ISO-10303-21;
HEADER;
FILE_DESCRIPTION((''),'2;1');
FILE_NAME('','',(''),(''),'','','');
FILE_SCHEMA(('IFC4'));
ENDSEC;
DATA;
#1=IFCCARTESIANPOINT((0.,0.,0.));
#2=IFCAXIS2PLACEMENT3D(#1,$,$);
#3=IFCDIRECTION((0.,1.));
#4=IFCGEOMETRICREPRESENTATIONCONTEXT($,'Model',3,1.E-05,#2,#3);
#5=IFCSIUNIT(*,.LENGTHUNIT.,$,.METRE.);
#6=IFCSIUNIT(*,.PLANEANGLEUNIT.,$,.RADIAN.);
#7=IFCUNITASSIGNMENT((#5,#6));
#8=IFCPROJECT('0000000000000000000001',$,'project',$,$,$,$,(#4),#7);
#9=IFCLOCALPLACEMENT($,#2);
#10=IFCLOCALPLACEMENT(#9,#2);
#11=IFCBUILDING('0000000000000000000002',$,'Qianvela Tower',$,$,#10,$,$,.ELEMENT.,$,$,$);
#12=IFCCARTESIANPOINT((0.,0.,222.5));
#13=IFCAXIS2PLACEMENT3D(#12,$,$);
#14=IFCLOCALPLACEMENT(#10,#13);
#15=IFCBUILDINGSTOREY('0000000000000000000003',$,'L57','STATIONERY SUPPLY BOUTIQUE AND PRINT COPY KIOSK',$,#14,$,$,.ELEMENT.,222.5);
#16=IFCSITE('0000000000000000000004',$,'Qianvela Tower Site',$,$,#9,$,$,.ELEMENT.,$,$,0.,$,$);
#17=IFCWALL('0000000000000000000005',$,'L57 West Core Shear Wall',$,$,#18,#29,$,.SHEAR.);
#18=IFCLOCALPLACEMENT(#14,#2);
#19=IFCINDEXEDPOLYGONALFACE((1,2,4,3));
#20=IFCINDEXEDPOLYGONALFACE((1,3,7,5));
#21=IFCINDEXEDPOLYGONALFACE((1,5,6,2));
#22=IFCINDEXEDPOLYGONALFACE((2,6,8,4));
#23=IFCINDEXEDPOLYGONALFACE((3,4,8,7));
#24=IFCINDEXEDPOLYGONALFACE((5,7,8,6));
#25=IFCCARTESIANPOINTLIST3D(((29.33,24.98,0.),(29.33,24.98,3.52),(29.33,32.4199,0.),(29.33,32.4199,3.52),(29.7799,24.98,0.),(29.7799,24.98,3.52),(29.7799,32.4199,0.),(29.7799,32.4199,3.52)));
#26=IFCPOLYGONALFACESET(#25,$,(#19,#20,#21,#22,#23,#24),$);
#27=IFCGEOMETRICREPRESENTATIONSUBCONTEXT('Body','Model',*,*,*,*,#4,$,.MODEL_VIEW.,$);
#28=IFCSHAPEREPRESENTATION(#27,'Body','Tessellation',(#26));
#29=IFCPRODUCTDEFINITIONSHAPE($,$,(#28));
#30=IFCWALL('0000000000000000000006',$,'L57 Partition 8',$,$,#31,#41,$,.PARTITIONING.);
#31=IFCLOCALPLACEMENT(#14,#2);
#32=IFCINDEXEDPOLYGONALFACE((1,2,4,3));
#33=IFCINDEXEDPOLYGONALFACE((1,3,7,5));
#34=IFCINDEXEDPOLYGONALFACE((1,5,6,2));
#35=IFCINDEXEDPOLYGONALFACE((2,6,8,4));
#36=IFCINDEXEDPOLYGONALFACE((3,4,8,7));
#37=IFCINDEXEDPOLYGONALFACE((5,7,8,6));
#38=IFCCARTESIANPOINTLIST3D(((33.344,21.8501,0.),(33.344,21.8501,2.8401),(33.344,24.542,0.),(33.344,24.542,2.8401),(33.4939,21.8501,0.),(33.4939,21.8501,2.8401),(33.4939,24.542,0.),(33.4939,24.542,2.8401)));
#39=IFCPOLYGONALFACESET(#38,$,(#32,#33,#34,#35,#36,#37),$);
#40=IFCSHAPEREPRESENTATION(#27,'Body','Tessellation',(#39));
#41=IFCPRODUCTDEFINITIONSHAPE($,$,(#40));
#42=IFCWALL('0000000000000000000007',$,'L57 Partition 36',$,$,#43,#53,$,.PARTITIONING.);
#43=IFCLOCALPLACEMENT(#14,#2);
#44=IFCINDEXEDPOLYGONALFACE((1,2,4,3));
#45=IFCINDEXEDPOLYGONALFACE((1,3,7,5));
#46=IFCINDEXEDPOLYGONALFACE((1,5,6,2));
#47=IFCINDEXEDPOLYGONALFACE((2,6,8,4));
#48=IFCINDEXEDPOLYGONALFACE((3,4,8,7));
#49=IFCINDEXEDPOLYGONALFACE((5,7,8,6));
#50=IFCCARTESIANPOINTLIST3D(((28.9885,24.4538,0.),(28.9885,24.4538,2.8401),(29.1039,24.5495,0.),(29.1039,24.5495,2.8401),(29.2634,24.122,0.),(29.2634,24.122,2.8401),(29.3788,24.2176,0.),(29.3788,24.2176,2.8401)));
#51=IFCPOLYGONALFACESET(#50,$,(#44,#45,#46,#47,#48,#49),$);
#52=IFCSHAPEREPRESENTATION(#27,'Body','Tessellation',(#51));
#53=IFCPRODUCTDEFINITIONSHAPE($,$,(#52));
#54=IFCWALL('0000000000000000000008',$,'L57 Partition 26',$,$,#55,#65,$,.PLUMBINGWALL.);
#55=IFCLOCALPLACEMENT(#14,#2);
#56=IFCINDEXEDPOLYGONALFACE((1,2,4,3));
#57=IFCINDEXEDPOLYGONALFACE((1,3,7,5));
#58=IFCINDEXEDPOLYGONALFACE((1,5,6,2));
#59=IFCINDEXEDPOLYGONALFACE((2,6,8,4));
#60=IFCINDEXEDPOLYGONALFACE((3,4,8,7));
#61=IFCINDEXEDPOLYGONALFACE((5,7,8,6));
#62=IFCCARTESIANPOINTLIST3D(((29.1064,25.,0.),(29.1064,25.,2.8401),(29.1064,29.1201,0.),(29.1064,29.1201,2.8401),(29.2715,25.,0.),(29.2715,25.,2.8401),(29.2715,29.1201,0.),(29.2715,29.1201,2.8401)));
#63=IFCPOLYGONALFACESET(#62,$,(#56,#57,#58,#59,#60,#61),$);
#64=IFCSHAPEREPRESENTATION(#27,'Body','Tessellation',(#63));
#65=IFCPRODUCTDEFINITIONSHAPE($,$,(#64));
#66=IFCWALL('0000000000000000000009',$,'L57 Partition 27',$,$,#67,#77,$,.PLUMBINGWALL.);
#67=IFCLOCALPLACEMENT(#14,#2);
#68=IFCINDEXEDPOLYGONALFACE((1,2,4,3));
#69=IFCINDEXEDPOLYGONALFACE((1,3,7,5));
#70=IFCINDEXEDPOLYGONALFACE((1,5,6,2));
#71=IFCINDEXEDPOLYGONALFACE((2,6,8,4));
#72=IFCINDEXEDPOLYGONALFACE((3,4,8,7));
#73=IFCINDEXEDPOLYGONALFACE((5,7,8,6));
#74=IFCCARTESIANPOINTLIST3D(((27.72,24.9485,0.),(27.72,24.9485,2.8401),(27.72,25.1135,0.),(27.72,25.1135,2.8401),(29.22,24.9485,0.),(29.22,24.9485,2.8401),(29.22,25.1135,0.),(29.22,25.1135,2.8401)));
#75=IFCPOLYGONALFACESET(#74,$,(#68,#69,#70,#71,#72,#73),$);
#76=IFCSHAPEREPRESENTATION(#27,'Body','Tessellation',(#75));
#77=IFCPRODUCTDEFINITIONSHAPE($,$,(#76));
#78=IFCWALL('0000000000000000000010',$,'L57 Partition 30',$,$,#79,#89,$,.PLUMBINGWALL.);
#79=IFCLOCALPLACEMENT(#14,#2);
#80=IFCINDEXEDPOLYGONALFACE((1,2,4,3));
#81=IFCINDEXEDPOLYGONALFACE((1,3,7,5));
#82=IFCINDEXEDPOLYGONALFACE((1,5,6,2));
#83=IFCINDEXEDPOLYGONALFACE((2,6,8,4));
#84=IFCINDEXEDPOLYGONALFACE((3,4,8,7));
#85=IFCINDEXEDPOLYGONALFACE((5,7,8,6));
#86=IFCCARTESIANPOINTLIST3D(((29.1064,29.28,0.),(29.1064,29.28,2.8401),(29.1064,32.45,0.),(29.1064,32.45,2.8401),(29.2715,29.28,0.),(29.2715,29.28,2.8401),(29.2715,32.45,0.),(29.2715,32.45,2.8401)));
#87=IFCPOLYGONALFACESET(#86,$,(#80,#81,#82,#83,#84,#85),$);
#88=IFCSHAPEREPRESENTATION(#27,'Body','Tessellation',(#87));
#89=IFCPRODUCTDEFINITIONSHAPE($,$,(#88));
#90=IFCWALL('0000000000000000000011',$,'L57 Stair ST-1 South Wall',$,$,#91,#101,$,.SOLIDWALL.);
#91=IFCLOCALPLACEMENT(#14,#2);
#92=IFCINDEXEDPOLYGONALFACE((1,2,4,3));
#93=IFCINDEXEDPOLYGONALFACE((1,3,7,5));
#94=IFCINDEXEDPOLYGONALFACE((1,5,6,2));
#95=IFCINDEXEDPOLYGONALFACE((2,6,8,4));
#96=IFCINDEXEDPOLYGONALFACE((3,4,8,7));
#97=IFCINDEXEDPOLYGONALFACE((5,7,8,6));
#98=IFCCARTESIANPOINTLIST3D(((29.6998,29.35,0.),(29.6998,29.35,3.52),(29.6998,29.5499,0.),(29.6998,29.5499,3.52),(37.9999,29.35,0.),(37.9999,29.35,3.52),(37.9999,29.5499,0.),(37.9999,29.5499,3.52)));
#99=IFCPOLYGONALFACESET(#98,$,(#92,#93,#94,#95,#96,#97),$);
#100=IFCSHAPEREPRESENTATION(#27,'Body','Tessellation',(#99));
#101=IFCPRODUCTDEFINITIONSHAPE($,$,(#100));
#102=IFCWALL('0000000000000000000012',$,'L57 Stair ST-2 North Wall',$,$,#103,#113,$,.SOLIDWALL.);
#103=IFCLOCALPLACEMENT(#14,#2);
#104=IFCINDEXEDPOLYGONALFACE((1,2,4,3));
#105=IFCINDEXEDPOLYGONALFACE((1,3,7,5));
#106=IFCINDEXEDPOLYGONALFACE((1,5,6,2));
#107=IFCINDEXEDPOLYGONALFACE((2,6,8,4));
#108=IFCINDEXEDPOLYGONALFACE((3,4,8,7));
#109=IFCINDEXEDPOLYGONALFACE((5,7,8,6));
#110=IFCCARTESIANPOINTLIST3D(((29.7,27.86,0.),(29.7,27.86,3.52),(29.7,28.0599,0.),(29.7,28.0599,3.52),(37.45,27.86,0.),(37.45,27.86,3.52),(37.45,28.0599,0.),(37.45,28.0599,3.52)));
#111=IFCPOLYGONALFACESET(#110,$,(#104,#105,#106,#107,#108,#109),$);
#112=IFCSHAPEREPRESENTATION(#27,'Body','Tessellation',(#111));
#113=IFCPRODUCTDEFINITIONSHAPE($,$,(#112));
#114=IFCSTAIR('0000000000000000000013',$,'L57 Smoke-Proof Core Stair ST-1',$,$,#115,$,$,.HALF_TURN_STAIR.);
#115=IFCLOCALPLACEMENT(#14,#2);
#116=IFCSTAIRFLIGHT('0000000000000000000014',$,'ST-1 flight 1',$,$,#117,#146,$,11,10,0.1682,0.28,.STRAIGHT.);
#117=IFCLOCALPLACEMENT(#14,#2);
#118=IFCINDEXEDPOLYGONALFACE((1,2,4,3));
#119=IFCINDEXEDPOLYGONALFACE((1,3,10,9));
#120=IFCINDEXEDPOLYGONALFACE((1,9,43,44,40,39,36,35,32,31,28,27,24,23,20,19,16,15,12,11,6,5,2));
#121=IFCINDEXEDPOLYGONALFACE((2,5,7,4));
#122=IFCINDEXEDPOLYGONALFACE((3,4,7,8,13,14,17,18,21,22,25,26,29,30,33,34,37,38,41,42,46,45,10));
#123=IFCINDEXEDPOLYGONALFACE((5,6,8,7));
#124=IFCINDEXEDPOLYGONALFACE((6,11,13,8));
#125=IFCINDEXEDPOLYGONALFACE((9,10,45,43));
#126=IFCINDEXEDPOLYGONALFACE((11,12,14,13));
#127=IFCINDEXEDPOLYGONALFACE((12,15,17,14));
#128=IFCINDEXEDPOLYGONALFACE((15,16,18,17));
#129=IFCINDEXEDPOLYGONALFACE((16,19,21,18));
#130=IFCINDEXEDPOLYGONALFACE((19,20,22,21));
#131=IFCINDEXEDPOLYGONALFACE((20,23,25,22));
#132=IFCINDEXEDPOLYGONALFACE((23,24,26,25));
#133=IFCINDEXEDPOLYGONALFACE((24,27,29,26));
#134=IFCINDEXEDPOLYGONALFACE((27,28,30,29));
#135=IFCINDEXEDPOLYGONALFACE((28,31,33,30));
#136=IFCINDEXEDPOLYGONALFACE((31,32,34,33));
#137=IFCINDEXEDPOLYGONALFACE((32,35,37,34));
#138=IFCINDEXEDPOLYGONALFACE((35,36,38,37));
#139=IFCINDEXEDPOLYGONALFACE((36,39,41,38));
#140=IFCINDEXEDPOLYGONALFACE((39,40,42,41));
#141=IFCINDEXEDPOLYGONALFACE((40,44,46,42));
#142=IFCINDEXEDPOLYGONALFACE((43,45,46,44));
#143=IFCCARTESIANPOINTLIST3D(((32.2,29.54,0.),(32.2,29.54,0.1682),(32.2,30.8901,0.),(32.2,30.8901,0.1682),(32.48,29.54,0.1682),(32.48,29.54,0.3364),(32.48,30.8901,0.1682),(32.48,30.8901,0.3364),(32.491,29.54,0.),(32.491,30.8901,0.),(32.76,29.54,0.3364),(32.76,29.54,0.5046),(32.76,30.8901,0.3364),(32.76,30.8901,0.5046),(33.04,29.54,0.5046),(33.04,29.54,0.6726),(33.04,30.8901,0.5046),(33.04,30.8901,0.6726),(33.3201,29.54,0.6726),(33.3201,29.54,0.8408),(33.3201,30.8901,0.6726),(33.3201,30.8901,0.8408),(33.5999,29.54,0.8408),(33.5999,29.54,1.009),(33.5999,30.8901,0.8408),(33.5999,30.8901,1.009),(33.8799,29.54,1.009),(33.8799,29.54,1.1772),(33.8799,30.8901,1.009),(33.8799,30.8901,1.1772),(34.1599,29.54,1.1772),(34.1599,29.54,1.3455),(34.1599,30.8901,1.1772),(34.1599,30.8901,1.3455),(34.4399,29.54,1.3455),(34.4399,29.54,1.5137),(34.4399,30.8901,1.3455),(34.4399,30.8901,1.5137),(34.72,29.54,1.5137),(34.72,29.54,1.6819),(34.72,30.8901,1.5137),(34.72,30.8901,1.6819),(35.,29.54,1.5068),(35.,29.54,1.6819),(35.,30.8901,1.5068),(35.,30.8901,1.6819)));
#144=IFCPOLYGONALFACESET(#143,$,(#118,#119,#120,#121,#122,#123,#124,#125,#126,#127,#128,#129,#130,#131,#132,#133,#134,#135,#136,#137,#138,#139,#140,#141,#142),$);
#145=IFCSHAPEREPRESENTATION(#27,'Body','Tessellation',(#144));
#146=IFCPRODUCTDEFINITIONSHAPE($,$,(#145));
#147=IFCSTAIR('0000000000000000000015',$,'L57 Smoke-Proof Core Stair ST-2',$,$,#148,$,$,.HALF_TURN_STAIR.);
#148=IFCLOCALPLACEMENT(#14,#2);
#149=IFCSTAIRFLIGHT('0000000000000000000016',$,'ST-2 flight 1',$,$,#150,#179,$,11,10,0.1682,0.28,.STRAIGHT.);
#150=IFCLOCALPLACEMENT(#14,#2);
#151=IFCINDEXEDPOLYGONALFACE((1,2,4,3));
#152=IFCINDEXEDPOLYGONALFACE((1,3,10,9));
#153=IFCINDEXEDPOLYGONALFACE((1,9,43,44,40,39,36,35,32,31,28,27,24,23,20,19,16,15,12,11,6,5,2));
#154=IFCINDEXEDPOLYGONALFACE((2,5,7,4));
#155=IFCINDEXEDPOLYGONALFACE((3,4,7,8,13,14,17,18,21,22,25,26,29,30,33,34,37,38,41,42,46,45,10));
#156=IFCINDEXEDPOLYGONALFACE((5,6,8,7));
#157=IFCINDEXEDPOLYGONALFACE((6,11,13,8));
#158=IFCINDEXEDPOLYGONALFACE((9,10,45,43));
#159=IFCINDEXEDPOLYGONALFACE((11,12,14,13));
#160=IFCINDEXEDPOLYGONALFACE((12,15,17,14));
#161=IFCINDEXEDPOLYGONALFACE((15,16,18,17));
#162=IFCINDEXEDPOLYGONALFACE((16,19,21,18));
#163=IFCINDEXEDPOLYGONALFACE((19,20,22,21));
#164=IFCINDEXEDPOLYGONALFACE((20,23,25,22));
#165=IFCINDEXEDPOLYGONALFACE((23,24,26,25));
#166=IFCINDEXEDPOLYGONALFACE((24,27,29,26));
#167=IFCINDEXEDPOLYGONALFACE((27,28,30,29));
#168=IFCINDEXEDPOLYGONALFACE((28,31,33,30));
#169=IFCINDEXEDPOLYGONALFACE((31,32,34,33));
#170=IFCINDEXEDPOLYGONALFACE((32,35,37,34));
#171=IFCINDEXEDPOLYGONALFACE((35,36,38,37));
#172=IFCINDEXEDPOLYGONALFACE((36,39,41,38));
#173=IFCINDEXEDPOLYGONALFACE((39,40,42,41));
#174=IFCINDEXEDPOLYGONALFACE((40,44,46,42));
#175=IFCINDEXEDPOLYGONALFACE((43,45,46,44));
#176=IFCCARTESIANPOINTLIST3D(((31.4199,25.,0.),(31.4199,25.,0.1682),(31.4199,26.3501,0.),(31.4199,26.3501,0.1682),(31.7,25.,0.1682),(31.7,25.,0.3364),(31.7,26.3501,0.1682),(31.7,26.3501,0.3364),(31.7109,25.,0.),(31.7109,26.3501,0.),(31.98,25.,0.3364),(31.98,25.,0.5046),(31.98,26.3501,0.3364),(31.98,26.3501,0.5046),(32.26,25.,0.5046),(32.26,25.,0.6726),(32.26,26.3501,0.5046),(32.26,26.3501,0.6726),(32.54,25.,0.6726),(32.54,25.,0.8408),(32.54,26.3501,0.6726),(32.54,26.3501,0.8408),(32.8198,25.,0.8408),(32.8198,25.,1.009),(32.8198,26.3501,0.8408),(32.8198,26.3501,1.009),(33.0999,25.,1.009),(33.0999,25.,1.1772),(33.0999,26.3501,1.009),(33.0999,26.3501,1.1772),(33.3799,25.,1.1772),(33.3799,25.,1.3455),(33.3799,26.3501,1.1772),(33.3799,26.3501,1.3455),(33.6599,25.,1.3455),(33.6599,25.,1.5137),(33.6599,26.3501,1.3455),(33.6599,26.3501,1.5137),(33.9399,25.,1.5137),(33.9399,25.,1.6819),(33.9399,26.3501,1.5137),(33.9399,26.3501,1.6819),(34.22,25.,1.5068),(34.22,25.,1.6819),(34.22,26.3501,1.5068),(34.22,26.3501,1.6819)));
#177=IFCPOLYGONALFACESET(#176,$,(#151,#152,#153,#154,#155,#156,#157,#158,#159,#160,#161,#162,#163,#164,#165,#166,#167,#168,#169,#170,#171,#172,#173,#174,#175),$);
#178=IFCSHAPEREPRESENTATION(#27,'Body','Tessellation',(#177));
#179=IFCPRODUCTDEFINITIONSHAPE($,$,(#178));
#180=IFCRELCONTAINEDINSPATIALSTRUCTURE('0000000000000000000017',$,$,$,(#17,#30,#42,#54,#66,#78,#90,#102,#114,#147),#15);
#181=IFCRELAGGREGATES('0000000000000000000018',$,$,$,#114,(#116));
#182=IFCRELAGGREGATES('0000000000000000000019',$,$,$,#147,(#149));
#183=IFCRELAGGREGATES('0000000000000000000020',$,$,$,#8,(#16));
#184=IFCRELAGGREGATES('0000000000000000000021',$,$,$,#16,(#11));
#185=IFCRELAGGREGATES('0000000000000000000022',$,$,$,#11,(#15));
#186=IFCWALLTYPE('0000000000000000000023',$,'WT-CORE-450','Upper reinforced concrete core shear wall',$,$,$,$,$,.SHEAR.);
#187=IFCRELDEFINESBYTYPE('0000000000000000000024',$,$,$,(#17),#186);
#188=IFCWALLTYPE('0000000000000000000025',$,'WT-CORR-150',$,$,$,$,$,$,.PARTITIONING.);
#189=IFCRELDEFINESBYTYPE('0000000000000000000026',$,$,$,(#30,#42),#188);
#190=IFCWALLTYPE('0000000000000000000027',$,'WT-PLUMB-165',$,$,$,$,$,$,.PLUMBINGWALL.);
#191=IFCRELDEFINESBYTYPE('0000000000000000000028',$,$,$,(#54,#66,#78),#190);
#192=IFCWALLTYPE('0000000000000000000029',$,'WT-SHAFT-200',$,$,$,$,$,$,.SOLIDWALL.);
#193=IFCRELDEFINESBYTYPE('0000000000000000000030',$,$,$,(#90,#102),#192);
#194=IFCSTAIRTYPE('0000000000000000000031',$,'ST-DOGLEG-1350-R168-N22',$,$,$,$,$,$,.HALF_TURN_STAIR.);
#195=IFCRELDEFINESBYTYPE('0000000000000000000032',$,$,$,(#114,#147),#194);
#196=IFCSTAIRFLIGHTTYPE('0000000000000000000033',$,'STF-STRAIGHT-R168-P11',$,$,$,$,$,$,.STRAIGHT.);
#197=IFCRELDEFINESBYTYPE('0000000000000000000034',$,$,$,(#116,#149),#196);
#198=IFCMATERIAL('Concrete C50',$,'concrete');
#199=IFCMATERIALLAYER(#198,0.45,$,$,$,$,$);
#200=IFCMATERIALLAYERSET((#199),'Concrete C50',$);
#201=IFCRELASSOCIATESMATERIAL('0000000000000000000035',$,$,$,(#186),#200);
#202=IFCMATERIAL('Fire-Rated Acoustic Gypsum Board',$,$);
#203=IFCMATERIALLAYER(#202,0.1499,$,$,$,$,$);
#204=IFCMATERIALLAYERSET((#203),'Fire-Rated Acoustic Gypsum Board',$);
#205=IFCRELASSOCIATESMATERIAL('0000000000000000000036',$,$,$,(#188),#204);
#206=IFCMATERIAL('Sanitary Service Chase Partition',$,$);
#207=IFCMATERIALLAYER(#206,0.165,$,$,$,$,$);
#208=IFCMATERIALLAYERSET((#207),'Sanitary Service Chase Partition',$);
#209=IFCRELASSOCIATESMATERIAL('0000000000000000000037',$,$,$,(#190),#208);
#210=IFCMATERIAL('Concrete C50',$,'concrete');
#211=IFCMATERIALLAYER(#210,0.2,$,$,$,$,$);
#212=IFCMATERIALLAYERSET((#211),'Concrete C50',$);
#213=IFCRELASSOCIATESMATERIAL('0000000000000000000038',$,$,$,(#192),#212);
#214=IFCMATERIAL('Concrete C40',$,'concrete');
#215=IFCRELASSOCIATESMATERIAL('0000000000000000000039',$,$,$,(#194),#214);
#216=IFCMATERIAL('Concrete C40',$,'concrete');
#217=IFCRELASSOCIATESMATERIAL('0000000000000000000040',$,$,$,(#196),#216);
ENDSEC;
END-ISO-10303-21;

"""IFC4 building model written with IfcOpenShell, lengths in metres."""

from ifc_helpers import new_model, si_unit, direction, frame, frame_2d, origin, place, context, subcontext, project, spatial, polyline, rectangle, outline, extrude, material, layer, layer_set, type_object, element, aggregate, save


model = new_model("IFC4")

# Units and contexts
model_context = context("Model", 3, precision=1e-05, world=origin(), true_north=direction((0.0, 1.0)))
body_context = subcontext(model_context, "Body", "Model", "MODEL_VIEW")
ifc_project = project(units=[si_unit("LENGTHUNIT", "METRE"), si_unit("PLANEANGLEUNIT", "RADIAN")], contexts=[model_context])

# Site, building, storey
site_placement = place(None, origin())
site = spatial("IfcSite", under=ifc_project, at=site_placement, Name="Qianvela Tower Site", CompositionType="ELEMENT", RefElevation=0.0)
building_placement = place(site_placement, origin())
building = spatial("IfcBuilding", under=site, at=building_placement, Name="Qianvela Tower", CompositionType="ELEMENT")
storey_placement = place(building_placement, frame((0.0, 0.0, 222.5)))
storey = spatial("IfcBuildingStorey", under=building, at=storey_placement, Name="L57", Description="STATIONERY SUPPLY BOUTIQUE AND PRINT COPY KIOSK", CompositionType="ELEMENT", Elevation=222.5)

# Shared definitions
ifc_material_1 = material(Name="Concrete C50", Category="concrete")
ifc_layer_1 = layer(ifc_material_1, 0.45)
ifc_layer_set_1 = layer_set([ifc_layer_1], Name="Concrete C50")
wall_type_1 = type_object("IfcWallType", Name="WT-CORE-450", Description="Upper reinforced concrete core shear wall", PredefinedType="SHEAR", material=ifc_layer_set_1)

# Walls
wall_1_placement = place(storey_placement, frame((29.5549, 24.98, 0.0), z_axis=(0.0, 0.0, 1.0), x_axis=(0.0, 1.0, 0.0)))
element("IfcWall", 1, at=wall_1_placement, inside=storey, type_object=wall_type_1, Name="L57 West Core Shear Wall", PredefinedType="SHEAR", context=body_context, shape_type="SweptSolid", body=[
    extrude(rectangle(XDim=7.4399, YDim=0.45, at=frame_2d((3.72, 0.0))), origin(), (0.0, 0.0, 1.0), 3.52),
])
ifc_material_2 = material(Name="Fire-Rated Acoustic Gypsum Board")
ifc_layer_2 = layer(ifc_material_2, 0.1499)
ifc_layer_set_2 = layer_set([ifc_layer_2], Name="Fire-Rated Acoustic Gypsum Board")
wall_type_2 = type_object("IfcWallType", Name="WT-CORR-150", PredefinedType="PARTITIONING", material=ifc_layer_set_2)
wall_2_placement = place(storey_placement, frame((33.4189, 24.542, 0.0), z_axis=(0.0, 0.0, 1.0), x_axis=(0.0, -1.0, 0.0)))
element("IfcWall", 2, at=wall_2_placement, inside=storey, type_object=wall_type_2, Name="L57 Partition 8", PredefinedType="PARTITIONING", context=body_context, shape_type="SweptSolid", body=[
    extrude(rectangle(XDim=2.6919, YDim=0.1499, at=frame_2d((1.3459, 0.0))), origin(), (0.0, 0.0, 1.0), 2.8401),
])
wall_3_placement = place(storey_placement, frame((29.321, 24.1699, 0.0), z_axis=(0.0, 0.0, 1.0), x_axis=(-0.638008, 0.77003, 0.0)))
element("IfcWall", 3, at=wall_3_placement, inside=storey, type_object=wall_type_2, Name="L57 Partition 36", PredefinedType="PARTITIONING", context=body_context, shape_type="SweptSolid", body=[
    extrude(rectangle(XDim=0.4309, YDim=0.1499, at=frame_2d((0.2153, 0.0))), origin(), (0.0, 0.0, 1.0), 2.8401),
])
ifc_material_3 = material(Name="Sanitary Service Chase Partition")
ifc_layer_3 = layer(ifc_material_3, 0.165)
ifc_layer_set_3 = layer_set([ifc_layer_3], Name="Sanitary Service Chase Partition")
wall_type_3 = type_object("IfcWallType", Name="WT-PLUMB-165", PredefinedType="PLUMBINGWALL", material=ifc_layer_set_3)
wall_4_placement = place(storey_placement, frame((29.189, 29.1201, 0.0), z_axis=(0.0, 0.0, 1.0), x_axis=(0.0, -1.0, 0.0)))
element("IfcWall", 4, at=wall_4_placement, inside=storey, type_object=wall_type_3, Name="L57 Partition 26", PredefinedType="PLUMBINGWALL", context=body_context, shape_type="SweptSolid", body=[
    extrude(rectangle(XDim=4.1201, YDim=0.165, at=frame_2d((2.0601, 0.0))), origin(), (0.0, 0.0, 1.0), 2.8401),
])
wall_5_placement = place(storey_placement, frame((29.22, 25.031, 0.0), z_axis=(0.0, 0.0, 1.0), x_axis=(-1.0, 0.0, 0.0)))
element("IfcWall", 5, at=wall_5_placement, inside=storey, type_object=wall_type_3, Name="L57 Partition 27", PredefinedType="PLUMBINGWALL", context=body_context, shape_type="SweptSolid", body=[
    extrude(rectangle(XDim=1.5, YDim=0.165, at=frame_2d((0.75, 0.0))), origin(), (0.0, 0.0, 1.0), 2.8401),
])
wall_6_placement = place(storey_placement, frame((29.189, 32.45, 0.0), z_axis=(0.0, 0.0, 1.0), x_axis=(0.0, -1.0, 0.0)))
element("IfcWall", 6, at=wall_6_placement, inside=storey, type_object=wall_type_3, Name="L57 Partition 30", PredefinedType="PLUMBINGWALL", context=body_context, shape_type="SweptSolid", body=[
    extrude(rectangle(XDim=3.1699, YDim=0.165, at=frame_2d((1.585, 0.0))), origin(), (0.0, 0.0, 1.0), 2.8401),
])
ifc_material_4 = material(Name="Concrete C50", Category="concrete")
ifc_layer_4 = layer(ifc_material_4, 0.2)
ifc_layer_set_4 = layer_set([ifc_layer_4], Name="Concrete C50")
wall_type_4 = type_object("IfcWallType", Name="WT-SHAFT-200", PredefinedType="SOLIDWALL", material=ifc_layer_set_4)
wall_7_placement = place(storey_placement, frame((29.7, 29.45, 0.0), z_axis=(0.0, 0.0, 1.0), x_axis=(1.0, 0.0, 0.0)))
element("IfcWall", 7, at=wall_7_placement, inside=storey, type_object=wall_type_4, Name="L57 Stair ST-1 South Wall", PredefinedType="SOLIDWALL", context=body_context, shape_type="SweptSolid", body=[
    extrude(rectangle(XDim=8.3, YDim=0.2, at=frame_2d((4.1499, 0.0))), origin(), (0.0, 0.0, 1.0), 3.52),
])
wall_8_placement = place(storey_placement, frame((29.7, 27.96, 0.0), z_axis=(0.0, 0.0, 1.0), x_axis=(1.0, 0.0, 0.0)))
element("IfcWall", 8, at=wall_8_placement, inside=storey, type_object=wall_type_4, Name="L57 Stair ST-2 North Wall", PredefinedType="SOLIDWALL", context=body_context, shape_type="SweptSolid", body=[
    extrude(rectangle(XDim=7.75, YDim=0.2, at=frame_2d((3.875, 0.0))), origin(), (0.0, 0.0, 1.0), 3.52),
])

# Stairs, stair flights
ifc_material_5 = material(Name="Concrete C40", Category="concrete")
stair_type = type_object("IfcStairType", Name="ST-DOGLEG-1350-R168-N22", PredefinedType="HALF_TURN_STAIR", material=ifc_material_5)
stair_1_placement = place(storey_placement, origin())
stair_1 = element("IfcStair", 9, at=stair_1_placement, inside=storey, type_object=stair_type, Name="L57 Smoke-Proof Core Stair ST-1", PredefinedType="HALF_TURN_STAIR")
ifc_material_6 = material(Name="Concrete C40", Category="concrete")
stair_flight_type = type_object("IfcStairFlightType", Name="STF-STRAIGHT-R168-P11", PredefinedType="STRAIGHT", material=ifc_material_6)
stair_flight_1_placement = place(storey_placement, frame((32.2, 30.2151, 0.0), z_axis=(0.0, 0.0, 1.0), x_axis=(1.0, 0.0, 0.0)))
stair_flight_1 = element("IfcStairFlight", 10, at=stair_flight_1_placement, type_object=stair_flight_type, Name="ST-1 flight 1", NumberOfRisers=11, NumberOfTreads=10, PredefinedType="STRAIGHT", RiserHeight=0.1682, TreadLength=0.28, context=body_context, shape_type="SweptSolid", body=[
    extrude(outline(polyline([(0.0, 0.0), (0.0, 0.1682), (0.28, 0.1682), (0.28, 0.3364), (0.5601, 0.3364), (0.5601, 0.5046), (0.8401, 0.5046), (0.8401, 0.6726), (1.1201, 0.6726), (1.1201, 0.8408), (1.3999, 0.8408), (1.3999, 1.009), (1.6799, 1.009), (1.6799, 1.1772), (1.96, 1.1772), (1.96, 1.3455), (2.24, 1.3455), (2.24, 1.5137), (2.52, 1.5137), (2.52, 1.6819), (2.8, 1.6819), (2.8, 1.8501), (2.8, 1.5068), (0.291, 0.0), (0.0, 0.0)])), frame((0.0, 0.675, 0.0), z_axis=(0.0, -1.0, 0.0), x_axis=(1.0, 0.0, 0.0)), (0.0, 0.0, 1.0), 1.3501),
])
aggregate(stair_1, [stair_flight_1])
stair_2_placement = place(storey_placement, origin())
stair_2 = element("IfcStair", 11, at=stair_2_placement, inside=storey, type_object=stair_type, Name="L57 Smoke-Proof Core Stair ST-2", PredefinedType="HALF_TURN_STAIR")
stair_flight_2_placement = place(storey_placement, frame((31.4199, 25.675, 0.0), z_axis=(0.0, 0.0, 1.0), x_axis=(1.0, 0.0, 0.0)))
stair_flight_2 = element("IfcStairFlight", 12, at=stair_flight_2_placement, type_object=stair_flight_type, Name="ST-2 flight 1", NumberOfRisers=11, NumberOfTreads=10, PredefinedType="STRAIGHT", RiserHeight=0.1682, TreadLength=0.28, context=body_context, shape_type="SweptSolid", body=[
    extrude(outline(polyline([(0.0, 0.0), (0.0, 0.1682), (0.28, 0.1682), (0.28, 0.3364), (0.5601, 0.3364), (0.5601, 0.5046), (0.8401, 0.5046), (0.8401, 0.6726), (1.1201, 0.6726), (1.1201, 0.8408), (1.3999, 0.8408), (1.3999, 1.009), (1.6799, 1.009), (1.6799, 1.1772), (1.96, 1.1772), (1.96, 1.3455), (2.24, 1.3455), (2.24, 1.5137), (2.52, 1.5137), (2.52, 1.6819), (2.8, 1.6819), (2.8, 1.8501), (2.8, 1.5068), (0.291, 0.0), (0.0, 0.0)])), frame((0.0, 0.675, 0.0), z_axis=(0.0, -1.0, 0.0), x_axis=(1.0, 0.0, 0.0)), (0.0, 0.0, 1.0), 1.3501),
])
aggregate(stair_2, [stair_flight_2])

save(model, "model.ifc")
